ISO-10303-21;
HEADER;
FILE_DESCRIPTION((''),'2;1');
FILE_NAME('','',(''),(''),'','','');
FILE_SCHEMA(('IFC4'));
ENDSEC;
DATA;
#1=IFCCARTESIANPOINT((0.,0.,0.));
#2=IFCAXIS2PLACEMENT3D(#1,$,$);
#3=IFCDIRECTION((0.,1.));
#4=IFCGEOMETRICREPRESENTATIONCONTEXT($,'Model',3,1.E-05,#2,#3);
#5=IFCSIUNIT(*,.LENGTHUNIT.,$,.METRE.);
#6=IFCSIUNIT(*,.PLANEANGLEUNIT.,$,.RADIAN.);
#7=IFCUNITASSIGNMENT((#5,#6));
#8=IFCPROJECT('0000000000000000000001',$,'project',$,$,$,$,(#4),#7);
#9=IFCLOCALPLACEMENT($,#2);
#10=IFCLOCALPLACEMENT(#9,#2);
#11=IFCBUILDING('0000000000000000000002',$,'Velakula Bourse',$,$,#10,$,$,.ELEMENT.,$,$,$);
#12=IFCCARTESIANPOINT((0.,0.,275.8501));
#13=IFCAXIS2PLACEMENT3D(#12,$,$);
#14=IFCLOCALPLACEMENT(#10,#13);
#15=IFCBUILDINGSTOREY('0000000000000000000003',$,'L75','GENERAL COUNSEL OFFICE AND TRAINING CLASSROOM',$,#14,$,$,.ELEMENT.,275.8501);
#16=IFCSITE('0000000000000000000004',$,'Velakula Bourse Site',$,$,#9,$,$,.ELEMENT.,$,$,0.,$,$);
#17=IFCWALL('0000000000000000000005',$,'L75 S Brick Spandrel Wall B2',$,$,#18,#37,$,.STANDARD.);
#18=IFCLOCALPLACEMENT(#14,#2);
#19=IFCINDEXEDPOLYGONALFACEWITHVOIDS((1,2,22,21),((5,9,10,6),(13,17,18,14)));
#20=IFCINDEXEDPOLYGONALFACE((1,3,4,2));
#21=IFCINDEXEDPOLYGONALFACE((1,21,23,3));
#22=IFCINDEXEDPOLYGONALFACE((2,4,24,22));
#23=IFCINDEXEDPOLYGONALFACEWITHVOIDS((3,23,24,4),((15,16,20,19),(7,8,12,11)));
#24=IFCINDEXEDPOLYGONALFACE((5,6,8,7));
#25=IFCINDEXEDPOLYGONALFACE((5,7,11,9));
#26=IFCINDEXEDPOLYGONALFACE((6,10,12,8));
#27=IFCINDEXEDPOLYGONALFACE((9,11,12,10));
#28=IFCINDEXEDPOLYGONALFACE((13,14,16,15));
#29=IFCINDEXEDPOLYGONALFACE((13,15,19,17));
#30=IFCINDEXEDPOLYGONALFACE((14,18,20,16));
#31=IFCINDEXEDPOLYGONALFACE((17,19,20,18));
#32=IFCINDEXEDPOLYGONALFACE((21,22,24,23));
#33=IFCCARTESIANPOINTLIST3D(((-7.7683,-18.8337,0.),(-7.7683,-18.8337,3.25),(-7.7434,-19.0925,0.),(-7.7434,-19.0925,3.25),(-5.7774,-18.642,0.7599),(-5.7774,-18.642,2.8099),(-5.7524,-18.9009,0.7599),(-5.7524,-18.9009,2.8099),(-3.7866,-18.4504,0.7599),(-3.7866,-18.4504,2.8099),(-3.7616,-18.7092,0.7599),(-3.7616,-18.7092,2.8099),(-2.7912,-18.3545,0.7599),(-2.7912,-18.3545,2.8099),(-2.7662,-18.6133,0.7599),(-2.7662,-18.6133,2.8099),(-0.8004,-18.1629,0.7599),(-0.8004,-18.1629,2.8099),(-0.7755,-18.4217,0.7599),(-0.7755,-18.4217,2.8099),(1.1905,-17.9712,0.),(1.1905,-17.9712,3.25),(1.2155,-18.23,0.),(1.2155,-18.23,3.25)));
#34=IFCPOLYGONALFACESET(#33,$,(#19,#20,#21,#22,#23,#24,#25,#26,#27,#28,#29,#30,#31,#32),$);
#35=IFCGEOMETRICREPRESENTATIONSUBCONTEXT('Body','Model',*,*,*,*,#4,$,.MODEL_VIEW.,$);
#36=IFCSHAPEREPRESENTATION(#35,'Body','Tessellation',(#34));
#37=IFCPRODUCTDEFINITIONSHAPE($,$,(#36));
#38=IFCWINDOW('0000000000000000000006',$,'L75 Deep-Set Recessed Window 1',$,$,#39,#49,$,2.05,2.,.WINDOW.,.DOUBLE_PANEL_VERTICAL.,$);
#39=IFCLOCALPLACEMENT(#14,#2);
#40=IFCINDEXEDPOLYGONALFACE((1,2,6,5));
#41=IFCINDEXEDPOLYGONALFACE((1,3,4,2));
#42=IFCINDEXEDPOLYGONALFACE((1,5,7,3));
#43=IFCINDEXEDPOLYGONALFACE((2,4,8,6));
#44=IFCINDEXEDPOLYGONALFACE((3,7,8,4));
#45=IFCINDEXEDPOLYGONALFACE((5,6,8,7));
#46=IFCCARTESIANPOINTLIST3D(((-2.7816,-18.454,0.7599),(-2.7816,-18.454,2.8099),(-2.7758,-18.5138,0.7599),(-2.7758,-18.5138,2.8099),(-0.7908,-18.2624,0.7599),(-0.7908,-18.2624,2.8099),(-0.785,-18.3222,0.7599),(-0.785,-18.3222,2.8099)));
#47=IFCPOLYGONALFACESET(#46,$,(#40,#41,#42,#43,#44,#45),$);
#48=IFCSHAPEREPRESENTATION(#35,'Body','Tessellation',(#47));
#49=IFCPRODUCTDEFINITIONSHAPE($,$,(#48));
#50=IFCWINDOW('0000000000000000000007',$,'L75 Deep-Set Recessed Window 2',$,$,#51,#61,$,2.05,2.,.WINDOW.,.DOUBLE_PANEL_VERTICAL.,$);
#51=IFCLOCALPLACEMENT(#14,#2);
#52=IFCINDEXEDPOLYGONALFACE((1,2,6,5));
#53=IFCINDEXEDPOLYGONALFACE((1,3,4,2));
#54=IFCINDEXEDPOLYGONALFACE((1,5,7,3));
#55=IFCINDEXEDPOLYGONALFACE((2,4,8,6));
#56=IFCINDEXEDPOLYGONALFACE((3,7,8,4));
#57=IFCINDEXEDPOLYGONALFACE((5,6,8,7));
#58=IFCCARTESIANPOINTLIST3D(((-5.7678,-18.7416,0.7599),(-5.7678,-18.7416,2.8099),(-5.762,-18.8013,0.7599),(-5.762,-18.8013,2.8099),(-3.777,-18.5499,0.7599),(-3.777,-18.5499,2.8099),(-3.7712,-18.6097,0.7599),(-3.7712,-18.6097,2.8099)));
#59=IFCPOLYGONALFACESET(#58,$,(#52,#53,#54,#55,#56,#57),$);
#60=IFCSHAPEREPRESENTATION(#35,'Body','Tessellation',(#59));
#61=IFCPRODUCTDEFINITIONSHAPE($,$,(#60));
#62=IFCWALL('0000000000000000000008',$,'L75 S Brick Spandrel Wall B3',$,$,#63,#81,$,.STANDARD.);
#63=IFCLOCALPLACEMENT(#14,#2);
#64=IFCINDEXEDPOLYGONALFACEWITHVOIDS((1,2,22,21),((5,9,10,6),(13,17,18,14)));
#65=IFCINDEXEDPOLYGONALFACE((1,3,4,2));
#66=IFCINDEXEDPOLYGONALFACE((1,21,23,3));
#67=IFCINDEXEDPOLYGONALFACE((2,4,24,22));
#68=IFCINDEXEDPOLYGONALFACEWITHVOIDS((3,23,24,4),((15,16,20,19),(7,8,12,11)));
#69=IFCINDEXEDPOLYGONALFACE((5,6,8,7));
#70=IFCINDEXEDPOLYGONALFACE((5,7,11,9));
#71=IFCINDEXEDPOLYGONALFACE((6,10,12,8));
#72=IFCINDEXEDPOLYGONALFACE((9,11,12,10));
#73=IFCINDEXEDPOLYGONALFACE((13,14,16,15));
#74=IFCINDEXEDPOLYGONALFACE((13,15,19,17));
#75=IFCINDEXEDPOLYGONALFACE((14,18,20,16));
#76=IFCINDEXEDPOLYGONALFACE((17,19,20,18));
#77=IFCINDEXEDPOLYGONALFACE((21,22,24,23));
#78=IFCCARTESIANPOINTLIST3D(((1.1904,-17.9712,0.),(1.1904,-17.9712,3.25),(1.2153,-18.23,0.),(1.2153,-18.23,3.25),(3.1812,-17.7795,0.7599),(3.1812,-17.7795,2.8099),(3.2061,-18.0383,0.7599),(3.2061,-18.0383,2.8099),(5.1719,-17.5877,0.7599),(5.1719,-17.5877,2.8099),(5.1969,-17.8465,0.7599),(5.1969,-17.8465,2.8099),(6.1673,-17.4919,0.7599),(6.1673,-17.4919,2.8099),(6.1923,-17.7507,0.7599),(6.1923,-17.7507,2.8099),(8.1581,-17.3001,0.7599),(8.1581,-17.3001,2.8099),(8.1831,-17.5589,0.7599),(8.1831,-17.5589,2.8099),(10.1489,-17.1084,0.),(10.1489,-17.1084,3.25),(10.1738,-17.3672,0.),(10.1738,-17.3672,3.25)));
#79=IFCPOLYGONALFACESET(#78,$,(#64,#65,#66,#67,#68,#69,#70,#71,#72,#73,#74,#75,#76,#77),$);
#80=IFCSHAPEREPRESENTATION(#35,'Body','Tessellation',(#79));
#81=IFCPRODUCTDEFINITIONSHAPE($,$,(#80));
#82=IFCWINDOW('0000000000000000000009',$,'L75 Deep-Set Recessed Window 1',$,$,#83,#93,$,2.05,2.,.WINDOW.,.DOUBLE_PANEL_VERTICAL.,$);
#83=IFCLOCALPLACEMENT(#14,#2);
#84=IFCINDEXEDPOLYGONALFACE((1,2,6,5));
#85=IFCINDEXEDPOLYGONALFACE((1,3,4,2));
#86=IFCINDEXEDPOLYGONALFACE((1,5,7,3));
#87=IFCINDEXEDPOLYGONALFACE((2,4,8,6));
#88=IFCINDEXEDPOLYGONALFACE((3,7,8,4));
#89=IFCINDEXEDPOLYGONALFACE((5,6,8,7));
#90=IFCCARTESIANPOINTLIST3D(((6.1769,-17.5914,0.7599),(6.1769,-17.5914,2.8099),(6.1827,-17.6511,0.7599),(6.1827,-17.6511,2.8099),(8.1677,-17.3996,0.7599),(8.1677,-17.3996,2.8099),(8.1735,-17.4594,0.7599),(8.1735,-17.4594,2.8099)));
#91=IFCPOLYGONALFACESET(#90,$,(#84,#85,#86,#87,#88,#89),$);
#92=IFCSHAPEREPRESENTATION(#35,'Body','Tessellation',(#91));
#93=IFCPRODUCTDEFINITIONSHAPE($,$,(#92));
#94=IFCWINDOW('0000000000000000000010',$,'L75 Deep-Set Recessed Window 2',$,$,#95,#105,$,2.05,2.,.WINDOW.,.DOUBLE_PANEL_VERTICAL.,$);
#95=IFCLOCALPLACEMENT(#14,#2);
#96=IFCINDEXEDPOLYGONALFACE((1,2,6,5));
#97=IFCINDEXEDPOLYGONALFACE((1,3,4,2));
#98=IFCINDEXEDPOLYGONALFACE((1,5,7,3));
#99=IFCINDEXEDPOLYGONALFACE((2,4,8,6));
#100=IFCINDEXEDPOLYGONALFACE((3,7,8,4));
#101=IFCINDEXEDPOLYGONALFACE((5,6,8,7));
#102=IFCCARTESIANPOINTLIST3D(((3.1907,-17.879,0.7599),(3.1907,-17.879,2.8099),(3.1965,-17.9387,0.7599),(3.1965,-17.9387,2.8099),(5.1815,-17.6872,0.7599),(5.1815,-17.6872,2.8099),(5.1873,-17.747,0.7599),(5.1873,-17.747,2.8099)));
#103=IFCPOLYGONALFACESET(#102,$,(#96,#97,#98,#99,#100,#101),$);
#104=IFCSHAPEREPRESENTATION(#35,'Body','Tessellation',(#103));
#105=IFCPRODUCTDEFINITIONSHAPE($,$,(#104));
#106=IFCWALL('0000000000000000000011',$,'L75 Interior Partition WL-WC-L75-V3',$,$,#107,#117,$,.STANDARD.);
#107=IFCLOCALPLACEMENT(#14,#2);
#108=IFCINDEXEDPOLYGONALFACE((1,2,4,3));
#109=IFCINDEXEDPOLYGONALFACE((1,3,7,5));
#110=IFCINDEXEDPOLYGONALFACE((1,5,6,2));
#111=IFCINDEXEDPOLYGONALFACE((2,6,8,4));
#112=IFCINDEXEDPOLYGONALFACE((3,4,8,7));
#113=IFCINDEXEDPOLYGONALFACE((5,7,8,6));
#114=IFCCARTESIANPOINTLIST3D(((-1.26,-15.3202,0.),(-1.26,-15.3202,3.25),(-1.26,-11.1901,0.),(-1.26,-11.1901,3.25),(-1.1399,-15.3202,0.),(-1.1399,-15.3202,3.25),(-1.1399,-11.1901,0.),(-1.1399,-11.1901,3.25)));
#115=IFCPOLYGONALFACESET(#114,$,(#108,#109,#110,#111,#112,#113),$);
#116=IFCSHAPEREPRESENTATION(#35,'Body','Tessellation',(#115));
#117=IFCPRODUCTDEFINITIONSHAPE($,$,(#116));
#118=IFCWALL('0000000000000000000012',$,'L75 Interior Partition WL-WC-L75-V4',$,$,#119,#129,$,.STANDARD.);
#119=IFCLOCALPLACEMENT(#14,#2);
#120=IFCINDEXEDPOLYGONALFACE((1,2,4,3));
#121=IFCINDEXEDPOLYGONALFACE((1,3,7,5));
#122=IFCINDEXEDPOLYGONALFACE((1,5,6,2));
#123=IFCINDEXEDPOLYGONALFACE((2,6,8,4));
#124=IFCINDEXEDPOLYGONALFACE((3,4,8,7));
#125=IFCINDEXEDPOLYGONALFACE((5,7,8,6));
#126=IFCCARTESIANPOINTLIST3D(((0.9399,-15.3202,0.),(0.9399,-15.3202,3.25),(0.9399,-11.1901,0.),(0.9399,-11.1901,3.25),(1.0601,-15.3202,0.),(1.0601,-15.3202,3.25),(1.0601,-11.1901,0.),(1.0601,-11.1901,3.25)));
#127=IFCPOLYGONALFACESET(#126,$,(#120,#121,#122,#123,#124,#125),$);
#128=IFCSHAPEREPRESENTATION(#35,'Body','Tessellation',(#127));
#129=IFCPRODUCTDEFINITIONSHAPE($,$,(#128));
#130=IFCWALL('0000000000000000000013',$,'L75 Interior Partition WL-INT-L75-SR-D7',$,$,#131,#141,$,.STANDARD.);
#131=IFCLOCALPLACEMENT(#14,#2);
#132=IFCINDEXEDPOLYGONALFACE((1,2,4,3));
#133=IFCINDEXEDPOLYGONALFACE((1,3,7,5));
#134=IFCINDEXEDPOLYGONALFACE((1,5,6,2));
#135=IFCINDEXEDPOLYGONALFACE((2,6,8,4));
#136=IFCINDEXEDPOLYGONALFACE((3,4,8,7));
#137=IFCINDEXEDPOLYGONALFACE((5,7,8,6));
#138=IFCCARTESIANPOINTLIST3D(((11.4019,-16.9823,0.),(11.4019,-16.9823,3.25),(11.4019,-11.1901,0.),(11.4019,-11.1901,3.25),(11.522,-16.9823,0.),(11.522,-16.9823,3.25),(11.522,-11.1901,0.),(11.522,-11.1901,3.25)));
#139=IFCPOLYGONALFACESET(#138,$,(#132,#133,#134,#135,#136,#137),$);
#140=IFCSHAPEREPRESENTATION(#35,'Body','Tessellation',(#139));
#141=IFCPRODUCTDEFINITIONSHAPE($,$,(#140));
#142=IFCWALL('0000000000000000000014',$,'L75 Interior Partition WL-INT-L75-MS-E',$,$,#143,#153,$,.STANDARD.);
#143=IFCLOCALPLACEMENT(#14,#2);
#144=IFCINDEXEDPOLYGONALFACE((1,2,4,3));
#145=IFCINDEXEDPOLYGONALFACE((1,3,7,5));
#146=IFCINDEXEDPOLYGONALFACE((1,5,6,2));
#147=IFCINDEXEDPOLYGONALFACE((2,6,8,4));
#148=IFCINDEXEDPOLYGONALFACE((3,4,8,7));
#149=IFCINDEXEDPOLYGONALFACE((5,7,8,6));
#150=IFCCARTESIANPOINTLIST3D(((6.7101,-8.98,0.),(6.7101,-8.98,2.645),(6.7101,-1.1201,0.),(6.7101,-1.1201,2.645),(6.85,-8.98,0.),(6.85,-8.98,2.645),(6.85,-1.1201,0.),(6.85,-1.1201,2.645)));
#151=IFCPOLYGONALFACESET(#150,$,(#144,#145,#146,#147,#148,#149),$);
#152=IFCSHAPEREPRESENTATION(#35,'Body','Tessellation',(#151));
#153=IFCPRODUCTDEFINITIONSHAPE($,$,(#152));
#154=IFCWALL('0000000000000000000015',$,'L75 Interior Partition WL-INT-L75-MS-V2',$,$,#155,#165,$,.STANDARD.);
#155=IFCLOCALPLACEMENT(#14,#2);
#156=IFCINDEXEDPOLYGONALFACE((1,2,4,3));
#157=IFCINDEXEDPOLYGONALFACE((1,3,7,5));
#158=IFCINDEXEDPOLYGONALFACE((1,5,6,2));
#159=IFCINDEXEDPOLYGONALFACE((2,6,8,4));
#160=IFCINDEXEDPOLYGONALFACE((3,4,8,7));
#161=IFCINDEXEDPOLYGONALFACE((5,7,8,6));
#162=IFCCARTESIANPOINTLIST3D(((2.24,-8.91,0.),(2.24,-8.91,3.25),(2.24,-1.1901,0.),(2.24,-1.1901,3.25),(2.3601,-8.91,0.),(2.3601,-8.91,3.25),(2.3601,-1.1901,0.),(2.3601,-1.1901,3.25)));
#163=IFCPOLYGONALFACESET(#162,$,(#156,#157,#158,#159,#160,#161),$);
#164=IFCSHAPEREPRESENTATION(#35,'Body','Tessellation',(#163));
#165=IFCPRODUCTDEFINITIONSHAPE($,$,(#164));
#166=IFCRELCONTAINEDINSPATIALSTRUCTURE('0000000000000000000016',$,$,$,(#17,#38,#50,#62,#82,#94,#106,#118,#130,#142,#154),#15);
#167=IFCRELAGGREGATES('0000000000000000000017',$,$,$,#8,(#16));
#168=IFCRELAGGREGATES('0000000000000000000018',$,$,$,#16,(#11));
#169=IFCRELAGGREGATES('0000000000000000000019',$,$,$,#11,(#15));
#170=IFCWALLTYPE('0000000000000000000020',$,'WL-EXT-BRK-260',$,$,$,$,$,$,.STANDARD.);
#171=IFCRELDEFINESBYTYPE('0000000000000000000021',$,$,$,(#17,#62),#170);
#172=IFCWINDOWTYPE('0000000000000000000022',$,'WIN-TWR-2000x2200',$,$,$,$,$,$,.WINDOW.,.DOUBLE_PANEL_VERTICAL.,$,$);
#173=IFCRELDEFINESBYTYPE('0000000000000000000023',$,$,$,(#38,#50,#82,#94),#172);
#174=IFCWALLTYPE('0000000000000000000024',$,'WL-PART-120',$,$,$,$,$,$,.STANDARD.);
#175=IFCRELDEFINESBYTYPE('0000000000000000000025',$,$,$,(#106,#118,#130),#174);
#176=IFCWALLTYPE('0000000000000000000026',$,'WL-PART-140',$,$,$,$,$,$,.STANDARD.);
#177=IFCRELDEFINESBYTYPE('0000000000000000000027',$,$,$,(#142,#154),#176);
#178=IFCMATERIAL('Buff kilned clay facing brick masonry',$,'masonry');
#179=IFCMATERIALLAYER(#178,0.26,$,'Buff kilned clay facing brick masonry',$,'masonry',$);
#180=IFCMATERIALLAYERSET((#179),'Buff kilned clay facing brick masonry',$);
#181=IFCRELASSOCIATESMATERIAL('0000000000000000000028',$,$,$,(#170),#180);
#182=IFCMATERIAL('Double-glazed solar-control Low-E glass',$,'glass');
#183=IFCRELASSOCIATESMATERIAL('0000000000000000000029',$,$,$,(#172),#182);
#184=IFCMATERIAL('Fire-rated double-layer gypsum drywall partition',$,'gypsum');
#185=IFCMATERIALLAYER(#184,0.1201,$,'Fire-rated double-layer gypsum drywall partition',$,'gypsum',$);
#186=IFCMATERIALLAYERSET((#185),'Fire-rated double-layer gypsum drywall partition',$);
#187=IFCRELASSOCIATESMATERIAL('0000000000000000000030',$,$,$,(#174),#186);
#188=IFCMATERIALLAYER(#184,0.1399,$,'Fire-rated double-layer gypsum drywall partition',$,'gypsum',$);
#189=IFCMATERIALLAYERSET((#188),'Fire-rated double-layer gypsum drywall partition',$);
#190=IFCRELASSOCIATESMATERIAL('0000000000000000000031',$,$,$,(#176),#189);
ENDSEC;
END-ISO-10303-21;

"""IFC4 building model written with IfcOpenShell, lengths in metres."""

from ifc_helpers import new_model, si_unit, direction, frame, frame_2d, origin, place, context, subcontext, project, spatial, rectangle, extrude, material, layer, layer_set, type_object, element, fill, save


model = new_model("IFC4")

# Units and contexts
model_context = context("Model", 3, precision=1e-05, world=origin(), true_north=direction((0.0, 1.0)))
body_context = subcontext(model_context, "Body", "Model", "MODEL_VIEW")
ifc_project = project(units=[si_unit("LENGTHUNIT", "METRE"), si_unit("PLANEANGLEUNIT", "RADIAN")], contexts=[model_context])

# Site, building, storey
site_placement = place(None, origin())
site = spatial("IfcSite", under=ifc_project, at=site_placement, Name="Velakula Bourse Site", CompositionType="ELEMENT", RefElevation=0.0)
building_placement = place(site_placement, origin())
building = spatial("IfcBuilding", under=site, at=building_placement, Name="Velakula Bourse", CompositionType="ELEMENT")
storey_placement = place(building_placement, frame((0.0, 0.0, 275.8501)))
storey = spatial("IfcBuildingStorey", under=building, at=storey_placement, Name="L75", Description="GENERAL COUNSEL OFFICE AND TRAINING CLASSROOM", CompositionType="ELEMENT", Elevation=275.8501)

# Walls, openings, windows
ifc_material_1 = material(Name="Buff kilned clay facing brick masonry", Category="masonry")
ifc_layer_1 = layer(ifc_material_1, 0.26, Name="Buff kilned clay facing brick masonry", Category="masonry")
ifc_layer_set_1 = layer_set([ifc_layer_1], Name="Buff kilned clay facing brick masonry")
wall_type_1 = type_object("IfcWallType", Name="WL-EXT-BRK-260", PredefinedType="STANDARD", material=ifc_layer_set_1)
wall_1_placement = place(storey_placement, frame((1.2029, -18.1006, 0.0), z_axis=(0.0, 0.0, 1.0), x_axis=(-0.995397, -0.095837, 0.0)))
wall_1 = element("IfcWall", 1, at=wall_1_placement, inside=storey, type_object=wall_type_1, Name="L75 S Brick Spandrel Wall B2", PredefinedType="STANDARD", context=body_context, shape_type="SweptSolid", body=[
    extrude(rectangle(XDim=9.0002, YDim=0.26, at=frame_2d((4.5, 0.0))), origin(), (0.0, 0.0, 1.0), 3.25),
])
opening_1_placement = place(wall_1_placement, frame((2.0, 0.0, 0.76)))
opening_1 = element("IfcOpeningElement", 2, at=opening_1_placement, cuts=wall_1, PredefinedType="OPENING", context=body_context, shape_type="SweptSolid", body=[
    extrude(rectangle(XDim=2.0, YDim=2.05, at=frame_2d((1.0, 1.0249))), frame((0.0, 0.1399, 0.0), z_axis=(0.0, -1.0, 0.0), x_axis=(1.0, 0.0, 0.0)), (0.0, 0.0, 1.0), 0.28),
])
opening_2_placement = place(wall_1_placement, frame((5.0, 0.0, 0.76)))
opening_2 = element("IfcOpeningElement", 3, at=opening_2_placement, cuts=wall_1, PredefinedType="OPENING", context=body_context, shape_type="SweptSolid", body=[
    extrude(rectangle(XDim=2.0, YDim=2.05, at=frame_2d((1.0, 1.0249))), frame((0.0, 0.1399, 0.0), z_axis=(0.0, -1.0, 0.0), x_axis=(1.0, 0.0, 0.0)), (0.0, 0.0, 1.0), 0.28),
])
ifc_material_2 = material(Name="Double-glazed solar-control Low-E glass", Category="glass")
window_type = type_object("IfcWindowType", Name="WIN-TWR-2000x2200", PartitioningType="DOUBLE_PANEL_VERTICAL", PredefinedType="WINDOW", material=ifc_material_2)
window_1_placement = place(opening_1_placement, origin())
window_1 = element("IfcWindow", 4, at=window_1_placement, inside=storey, type_object=window_type, Name="L75 Deep-Set Recessed Window 1", OverallHeight=2.05, OverallWidth=2.0, PartitioningType="DOUBLE_PANEL_VERTICAL", PredefinedType="WINDOW", context=body_context, shape_type="SweptSolid", body=[
    extrude(rectangle(XDim=2.0, YDim=2.05, at=frame_2d((1.0, 1.0249))), frame((0.0, 0.03, 0.0), z_axis=(0.0, -1.0, 0.0), x_axis=(1.0, 0.0, 0.0)), (0.0, 0.0, 1.0), 0.0601),
])
fill(opening_1, window_1)
window_2_placement = place(opening_2_placement, origin())
window_2 = element("IfcWindow", 5, at=window_2_placement, inside=storey, type_object=window_type, Name="L75 Deep-Set Recessed Window 2", OverallHeight=2.05, OverallWidth=2.0, PartitioningType="DOUBLE_PANEL_VERTICAL", PredefinedType="WINDOW", context=body_context, shape_type="SweptSolid", body=[
    extrude(rectangle(XDim=2.0, YDim=2.05, at=frame_2d((1.0, 1.0249))), frame((0.0, 0.03, 0.0), z_axis=(0.0, -1.0, 0.0), x_axis=(1.0, 0.0, 0.0)), (0.0, 0.0, 1.0), 0.0601),
])
fill(opening_2, window_2)
wall_2_placement = place(storey_placement, frame((10.1614, -17.2378, 0.0), z_axis=(0.0, 0.0, 1.0), x_axis=(-0.995394, -0.095866, 0.0)))
wall_2 = element("IfcWall", 6, at=wall_2_placement, inside=storey, type_object=wall_type_1, Name="L75 S Brick Spandrel Wall B3", PredefinedType="STANDARD", context=body_context, shape_type="SweptSolid", body=[
    extrude(rectangle(XDim=9.0, YDim=0.26, at=frame_2d((4.5, 0.0))), origin(), (0.0, 0.0, 1.0), 3.25),
])
opening_3_placement = place(wall_2_placement, frame((2.0, 0.0, 0.76)))
opening_3 = element("IfcOpeningElement", 7, at=opening_3_placement, cuts=wall_2, PredefinedType="OPENING", context=body_context, shape_type="SweptSolid", body=[
    extrude(rectangle(XDim=2.0, YDim=2.05, at=frame_2d((1.0, 1.0249))), frame((0.0, 0.1399, 0.0), z_axis=(0.0, -1.0, 0.0), x_axis=(1.0, 0.0, 0.0)), (0.0, 0.0, 1.0), 0.28),
])
opening_4_placement = place(wall_2_placement, frame((5.0, 0.0, 0.76)))
opening_4 = element("IfcOpeningElement", 8, at=opening_4_placement, cuts=wall_2, PredefinedType="OPENING", context=body_context, shape_type="SweptSolid", body=[
    extrude(rectangle(XDim=2.0, YDim=2.05, at=frame_2d((1.0, 1.0249))), frame((0.0, 0.1399, 0.0), z_axis=(0.0, -1.0, 0.0), x_axis=(1.0, 0.0, 0.0)), (0.0, 0.0, 1.0), 0.28),
])
window_3_placement = place(opening_3_placement, origin())
window_3 = element("IfcWindow", 9, at=window_3_placement, inside=storey, type_object=window_type, Name="L75 Deep-Set Recessed Window 1", OverallHeight=2.05, OverallWidth=2.0, PartitioningType="DOUBLE_PANEL_VERTICAL", PredefinedType="WINDOW", context=body_context, shape_type="SweptSolid", body=[
    extrude(rectangle(XDim=2.0, YDim=2.05, at=frame_2d((1.0, 1.0249))), frame((0.0, 0.03, 0.0), z_axis=(0.0, -1.0, 0.0), x_axis=(1.0, 0.0, 0.0)), (0.0, 0.0, 1.0), 0.0601),
])
fill(opening_3, window_3)
window_4_placement = place(opening_4_placement, origin())
window_4 = element("IfcWindow", 10, at=window_4_placement, inside=storey, type_object=window_type, Name="L75 Deep-Set Recessed Window 2", OverallHeight=2.05, OverallWidth=2.0, PartitioningType="DOUBLE_PANEL_VERTICAL", PredefinedType="WINDOW", context=body_context, shape_type="SweptSolid", body=[
    extrude(rectangle(XDim=2.0, YDim=2.05, at=frame_2d((1.0, 1.0249))), frame((0.0, 0.03, 0.0), z_axis=(0.0, -1.0, 0.0), x_axis=(1.0, 0.0, 0.0)), (0.0, 0.0, 1.0), 0.0601),
])
fill(opening_4, window_4)

# Walls
ifc_material_3 = material(Name="Fire-rated double-layer gypsum drywall partition", Category="gypsum")
ifc_layer_2 = layer(ifc_material_3, 0.1201, Name="Fire-rated double-layer gypsum drywall partition", Category="gypsum")
ifc_layer_set_2 = layer_set([ifc_layer_2], Name="Fire-rated double-layer gypsum drywall partition")
wall_type_2 = type_object("IfcWallType", Name="WL-PART-120", PredefinedType="STANDARD", material=ifc_layer_set_2)
for number, where, z_axis, x_axis, name in (
    (11, (-1.2, -15.3201, 0.0), (0.0, 0.0, 1.0), (0.0, 1.0, 0.0), "L75 Interior Partition WL-WC-L75-V3"),
    (12, (1.0, -15.3201, 0.0), (0.0, 0.0, 1.0), (0.0, 1.0, 0.0), "L75 Interior Partition WL-WC-L75-V4"),
):
    element("IfcWall", number, at=place(storey_placement, frame(where, z_axis=z_axis, x_axis=x_axis)), inside=storey, type_object=wall_type_2, Name=name, PredefinedType="STANDARD", context=body_context, shape_type="SweptSolid", body=[
        extrude(rectangle(XDim=4.1301, YDim=0.1201, at=frame_2d((2.0649, 0.0))), origin(), (0.0, 0.0, 1.0), 3.25),
    ])
wall_3_placement = place(storey_placement, frame((11.4619, -16.9822, 0.0), z_axis=(0.0, 0.0, 1.0), x_axis=(0.0, 1.0, 0.0)))
element("IfcWall", 13, at=wall_3_placement, inside=storey, type_object=wall_type_2, Name="L75 Interior Partition WL-INT-L75-SR-D7", PredefinedType="STANDARD", context=body_context, shape_type="SweptSolid", body=[
    extrude(rectangle(XDim=5.7922, YDim=0.1201, at=frame_2d((2.896, 0.0))), origin(), (0.0, 0.0, 1.0), 3.25),
])
ifc_layer_3 = layer(ifc_material_3, 0.1399, Name="Fire-rated double-layer gypsum drywall partition", Category="gypsum")
ifc_layer_set_3 = layer_set([ifc_layer_3], Name="Fire-rated double-layer gypsum drywall partition")
wall_type_3 = type_object("IfcWallType", Name="WL-PART-140", PredefinedType="STANDARD", material=ifc_layer_set_3)
wall_4_placement = place(storey_placement, frame((6.78, -8.98, 0.0), z_axis=(0.0, 0.0, 1.0), x_axis=(0.0, 1.0, 0.0)))
element("IfcWall", 14, at=wall_4_placement, inside=storey, type_object=wall_type_3, Name="L75 Interior Partition WL-INT-L75-MS-E", PredefinedType="STANDARD", context=body_context, shape_type="SweptSolid", body=[
    extrude(rectangle(XDim=7.8599, YDim=0.1399, at=frame_2d((3.9299, 0.0))), origin(), (0.0, 0.0, 1.0), 2.645),
])
wall_5_placement = place(storey_placement, frame((2.3, -8.9099, 0.0), z_axis=(0.0, 0.0, 1.0), x_axis=(0.0, 1.0, 0.0)))
element("IfcWall", 15, at=wall_5_placement, inside=storey, type_object=wall_type_3, Name="L75 Interior Partition WL-INT-L75-MS-V2", PredefinedType="STANDARD", context=body_context, shape_type="SweptSolid", body=[
    extrude(rectangle(XDim=7.72, YDim=0.1201, at=frame_2d((3.8599, 0.0))), origin(), (0.0, 0.0, 1.0), 3.25),
])

save(model, "model.ifc")
